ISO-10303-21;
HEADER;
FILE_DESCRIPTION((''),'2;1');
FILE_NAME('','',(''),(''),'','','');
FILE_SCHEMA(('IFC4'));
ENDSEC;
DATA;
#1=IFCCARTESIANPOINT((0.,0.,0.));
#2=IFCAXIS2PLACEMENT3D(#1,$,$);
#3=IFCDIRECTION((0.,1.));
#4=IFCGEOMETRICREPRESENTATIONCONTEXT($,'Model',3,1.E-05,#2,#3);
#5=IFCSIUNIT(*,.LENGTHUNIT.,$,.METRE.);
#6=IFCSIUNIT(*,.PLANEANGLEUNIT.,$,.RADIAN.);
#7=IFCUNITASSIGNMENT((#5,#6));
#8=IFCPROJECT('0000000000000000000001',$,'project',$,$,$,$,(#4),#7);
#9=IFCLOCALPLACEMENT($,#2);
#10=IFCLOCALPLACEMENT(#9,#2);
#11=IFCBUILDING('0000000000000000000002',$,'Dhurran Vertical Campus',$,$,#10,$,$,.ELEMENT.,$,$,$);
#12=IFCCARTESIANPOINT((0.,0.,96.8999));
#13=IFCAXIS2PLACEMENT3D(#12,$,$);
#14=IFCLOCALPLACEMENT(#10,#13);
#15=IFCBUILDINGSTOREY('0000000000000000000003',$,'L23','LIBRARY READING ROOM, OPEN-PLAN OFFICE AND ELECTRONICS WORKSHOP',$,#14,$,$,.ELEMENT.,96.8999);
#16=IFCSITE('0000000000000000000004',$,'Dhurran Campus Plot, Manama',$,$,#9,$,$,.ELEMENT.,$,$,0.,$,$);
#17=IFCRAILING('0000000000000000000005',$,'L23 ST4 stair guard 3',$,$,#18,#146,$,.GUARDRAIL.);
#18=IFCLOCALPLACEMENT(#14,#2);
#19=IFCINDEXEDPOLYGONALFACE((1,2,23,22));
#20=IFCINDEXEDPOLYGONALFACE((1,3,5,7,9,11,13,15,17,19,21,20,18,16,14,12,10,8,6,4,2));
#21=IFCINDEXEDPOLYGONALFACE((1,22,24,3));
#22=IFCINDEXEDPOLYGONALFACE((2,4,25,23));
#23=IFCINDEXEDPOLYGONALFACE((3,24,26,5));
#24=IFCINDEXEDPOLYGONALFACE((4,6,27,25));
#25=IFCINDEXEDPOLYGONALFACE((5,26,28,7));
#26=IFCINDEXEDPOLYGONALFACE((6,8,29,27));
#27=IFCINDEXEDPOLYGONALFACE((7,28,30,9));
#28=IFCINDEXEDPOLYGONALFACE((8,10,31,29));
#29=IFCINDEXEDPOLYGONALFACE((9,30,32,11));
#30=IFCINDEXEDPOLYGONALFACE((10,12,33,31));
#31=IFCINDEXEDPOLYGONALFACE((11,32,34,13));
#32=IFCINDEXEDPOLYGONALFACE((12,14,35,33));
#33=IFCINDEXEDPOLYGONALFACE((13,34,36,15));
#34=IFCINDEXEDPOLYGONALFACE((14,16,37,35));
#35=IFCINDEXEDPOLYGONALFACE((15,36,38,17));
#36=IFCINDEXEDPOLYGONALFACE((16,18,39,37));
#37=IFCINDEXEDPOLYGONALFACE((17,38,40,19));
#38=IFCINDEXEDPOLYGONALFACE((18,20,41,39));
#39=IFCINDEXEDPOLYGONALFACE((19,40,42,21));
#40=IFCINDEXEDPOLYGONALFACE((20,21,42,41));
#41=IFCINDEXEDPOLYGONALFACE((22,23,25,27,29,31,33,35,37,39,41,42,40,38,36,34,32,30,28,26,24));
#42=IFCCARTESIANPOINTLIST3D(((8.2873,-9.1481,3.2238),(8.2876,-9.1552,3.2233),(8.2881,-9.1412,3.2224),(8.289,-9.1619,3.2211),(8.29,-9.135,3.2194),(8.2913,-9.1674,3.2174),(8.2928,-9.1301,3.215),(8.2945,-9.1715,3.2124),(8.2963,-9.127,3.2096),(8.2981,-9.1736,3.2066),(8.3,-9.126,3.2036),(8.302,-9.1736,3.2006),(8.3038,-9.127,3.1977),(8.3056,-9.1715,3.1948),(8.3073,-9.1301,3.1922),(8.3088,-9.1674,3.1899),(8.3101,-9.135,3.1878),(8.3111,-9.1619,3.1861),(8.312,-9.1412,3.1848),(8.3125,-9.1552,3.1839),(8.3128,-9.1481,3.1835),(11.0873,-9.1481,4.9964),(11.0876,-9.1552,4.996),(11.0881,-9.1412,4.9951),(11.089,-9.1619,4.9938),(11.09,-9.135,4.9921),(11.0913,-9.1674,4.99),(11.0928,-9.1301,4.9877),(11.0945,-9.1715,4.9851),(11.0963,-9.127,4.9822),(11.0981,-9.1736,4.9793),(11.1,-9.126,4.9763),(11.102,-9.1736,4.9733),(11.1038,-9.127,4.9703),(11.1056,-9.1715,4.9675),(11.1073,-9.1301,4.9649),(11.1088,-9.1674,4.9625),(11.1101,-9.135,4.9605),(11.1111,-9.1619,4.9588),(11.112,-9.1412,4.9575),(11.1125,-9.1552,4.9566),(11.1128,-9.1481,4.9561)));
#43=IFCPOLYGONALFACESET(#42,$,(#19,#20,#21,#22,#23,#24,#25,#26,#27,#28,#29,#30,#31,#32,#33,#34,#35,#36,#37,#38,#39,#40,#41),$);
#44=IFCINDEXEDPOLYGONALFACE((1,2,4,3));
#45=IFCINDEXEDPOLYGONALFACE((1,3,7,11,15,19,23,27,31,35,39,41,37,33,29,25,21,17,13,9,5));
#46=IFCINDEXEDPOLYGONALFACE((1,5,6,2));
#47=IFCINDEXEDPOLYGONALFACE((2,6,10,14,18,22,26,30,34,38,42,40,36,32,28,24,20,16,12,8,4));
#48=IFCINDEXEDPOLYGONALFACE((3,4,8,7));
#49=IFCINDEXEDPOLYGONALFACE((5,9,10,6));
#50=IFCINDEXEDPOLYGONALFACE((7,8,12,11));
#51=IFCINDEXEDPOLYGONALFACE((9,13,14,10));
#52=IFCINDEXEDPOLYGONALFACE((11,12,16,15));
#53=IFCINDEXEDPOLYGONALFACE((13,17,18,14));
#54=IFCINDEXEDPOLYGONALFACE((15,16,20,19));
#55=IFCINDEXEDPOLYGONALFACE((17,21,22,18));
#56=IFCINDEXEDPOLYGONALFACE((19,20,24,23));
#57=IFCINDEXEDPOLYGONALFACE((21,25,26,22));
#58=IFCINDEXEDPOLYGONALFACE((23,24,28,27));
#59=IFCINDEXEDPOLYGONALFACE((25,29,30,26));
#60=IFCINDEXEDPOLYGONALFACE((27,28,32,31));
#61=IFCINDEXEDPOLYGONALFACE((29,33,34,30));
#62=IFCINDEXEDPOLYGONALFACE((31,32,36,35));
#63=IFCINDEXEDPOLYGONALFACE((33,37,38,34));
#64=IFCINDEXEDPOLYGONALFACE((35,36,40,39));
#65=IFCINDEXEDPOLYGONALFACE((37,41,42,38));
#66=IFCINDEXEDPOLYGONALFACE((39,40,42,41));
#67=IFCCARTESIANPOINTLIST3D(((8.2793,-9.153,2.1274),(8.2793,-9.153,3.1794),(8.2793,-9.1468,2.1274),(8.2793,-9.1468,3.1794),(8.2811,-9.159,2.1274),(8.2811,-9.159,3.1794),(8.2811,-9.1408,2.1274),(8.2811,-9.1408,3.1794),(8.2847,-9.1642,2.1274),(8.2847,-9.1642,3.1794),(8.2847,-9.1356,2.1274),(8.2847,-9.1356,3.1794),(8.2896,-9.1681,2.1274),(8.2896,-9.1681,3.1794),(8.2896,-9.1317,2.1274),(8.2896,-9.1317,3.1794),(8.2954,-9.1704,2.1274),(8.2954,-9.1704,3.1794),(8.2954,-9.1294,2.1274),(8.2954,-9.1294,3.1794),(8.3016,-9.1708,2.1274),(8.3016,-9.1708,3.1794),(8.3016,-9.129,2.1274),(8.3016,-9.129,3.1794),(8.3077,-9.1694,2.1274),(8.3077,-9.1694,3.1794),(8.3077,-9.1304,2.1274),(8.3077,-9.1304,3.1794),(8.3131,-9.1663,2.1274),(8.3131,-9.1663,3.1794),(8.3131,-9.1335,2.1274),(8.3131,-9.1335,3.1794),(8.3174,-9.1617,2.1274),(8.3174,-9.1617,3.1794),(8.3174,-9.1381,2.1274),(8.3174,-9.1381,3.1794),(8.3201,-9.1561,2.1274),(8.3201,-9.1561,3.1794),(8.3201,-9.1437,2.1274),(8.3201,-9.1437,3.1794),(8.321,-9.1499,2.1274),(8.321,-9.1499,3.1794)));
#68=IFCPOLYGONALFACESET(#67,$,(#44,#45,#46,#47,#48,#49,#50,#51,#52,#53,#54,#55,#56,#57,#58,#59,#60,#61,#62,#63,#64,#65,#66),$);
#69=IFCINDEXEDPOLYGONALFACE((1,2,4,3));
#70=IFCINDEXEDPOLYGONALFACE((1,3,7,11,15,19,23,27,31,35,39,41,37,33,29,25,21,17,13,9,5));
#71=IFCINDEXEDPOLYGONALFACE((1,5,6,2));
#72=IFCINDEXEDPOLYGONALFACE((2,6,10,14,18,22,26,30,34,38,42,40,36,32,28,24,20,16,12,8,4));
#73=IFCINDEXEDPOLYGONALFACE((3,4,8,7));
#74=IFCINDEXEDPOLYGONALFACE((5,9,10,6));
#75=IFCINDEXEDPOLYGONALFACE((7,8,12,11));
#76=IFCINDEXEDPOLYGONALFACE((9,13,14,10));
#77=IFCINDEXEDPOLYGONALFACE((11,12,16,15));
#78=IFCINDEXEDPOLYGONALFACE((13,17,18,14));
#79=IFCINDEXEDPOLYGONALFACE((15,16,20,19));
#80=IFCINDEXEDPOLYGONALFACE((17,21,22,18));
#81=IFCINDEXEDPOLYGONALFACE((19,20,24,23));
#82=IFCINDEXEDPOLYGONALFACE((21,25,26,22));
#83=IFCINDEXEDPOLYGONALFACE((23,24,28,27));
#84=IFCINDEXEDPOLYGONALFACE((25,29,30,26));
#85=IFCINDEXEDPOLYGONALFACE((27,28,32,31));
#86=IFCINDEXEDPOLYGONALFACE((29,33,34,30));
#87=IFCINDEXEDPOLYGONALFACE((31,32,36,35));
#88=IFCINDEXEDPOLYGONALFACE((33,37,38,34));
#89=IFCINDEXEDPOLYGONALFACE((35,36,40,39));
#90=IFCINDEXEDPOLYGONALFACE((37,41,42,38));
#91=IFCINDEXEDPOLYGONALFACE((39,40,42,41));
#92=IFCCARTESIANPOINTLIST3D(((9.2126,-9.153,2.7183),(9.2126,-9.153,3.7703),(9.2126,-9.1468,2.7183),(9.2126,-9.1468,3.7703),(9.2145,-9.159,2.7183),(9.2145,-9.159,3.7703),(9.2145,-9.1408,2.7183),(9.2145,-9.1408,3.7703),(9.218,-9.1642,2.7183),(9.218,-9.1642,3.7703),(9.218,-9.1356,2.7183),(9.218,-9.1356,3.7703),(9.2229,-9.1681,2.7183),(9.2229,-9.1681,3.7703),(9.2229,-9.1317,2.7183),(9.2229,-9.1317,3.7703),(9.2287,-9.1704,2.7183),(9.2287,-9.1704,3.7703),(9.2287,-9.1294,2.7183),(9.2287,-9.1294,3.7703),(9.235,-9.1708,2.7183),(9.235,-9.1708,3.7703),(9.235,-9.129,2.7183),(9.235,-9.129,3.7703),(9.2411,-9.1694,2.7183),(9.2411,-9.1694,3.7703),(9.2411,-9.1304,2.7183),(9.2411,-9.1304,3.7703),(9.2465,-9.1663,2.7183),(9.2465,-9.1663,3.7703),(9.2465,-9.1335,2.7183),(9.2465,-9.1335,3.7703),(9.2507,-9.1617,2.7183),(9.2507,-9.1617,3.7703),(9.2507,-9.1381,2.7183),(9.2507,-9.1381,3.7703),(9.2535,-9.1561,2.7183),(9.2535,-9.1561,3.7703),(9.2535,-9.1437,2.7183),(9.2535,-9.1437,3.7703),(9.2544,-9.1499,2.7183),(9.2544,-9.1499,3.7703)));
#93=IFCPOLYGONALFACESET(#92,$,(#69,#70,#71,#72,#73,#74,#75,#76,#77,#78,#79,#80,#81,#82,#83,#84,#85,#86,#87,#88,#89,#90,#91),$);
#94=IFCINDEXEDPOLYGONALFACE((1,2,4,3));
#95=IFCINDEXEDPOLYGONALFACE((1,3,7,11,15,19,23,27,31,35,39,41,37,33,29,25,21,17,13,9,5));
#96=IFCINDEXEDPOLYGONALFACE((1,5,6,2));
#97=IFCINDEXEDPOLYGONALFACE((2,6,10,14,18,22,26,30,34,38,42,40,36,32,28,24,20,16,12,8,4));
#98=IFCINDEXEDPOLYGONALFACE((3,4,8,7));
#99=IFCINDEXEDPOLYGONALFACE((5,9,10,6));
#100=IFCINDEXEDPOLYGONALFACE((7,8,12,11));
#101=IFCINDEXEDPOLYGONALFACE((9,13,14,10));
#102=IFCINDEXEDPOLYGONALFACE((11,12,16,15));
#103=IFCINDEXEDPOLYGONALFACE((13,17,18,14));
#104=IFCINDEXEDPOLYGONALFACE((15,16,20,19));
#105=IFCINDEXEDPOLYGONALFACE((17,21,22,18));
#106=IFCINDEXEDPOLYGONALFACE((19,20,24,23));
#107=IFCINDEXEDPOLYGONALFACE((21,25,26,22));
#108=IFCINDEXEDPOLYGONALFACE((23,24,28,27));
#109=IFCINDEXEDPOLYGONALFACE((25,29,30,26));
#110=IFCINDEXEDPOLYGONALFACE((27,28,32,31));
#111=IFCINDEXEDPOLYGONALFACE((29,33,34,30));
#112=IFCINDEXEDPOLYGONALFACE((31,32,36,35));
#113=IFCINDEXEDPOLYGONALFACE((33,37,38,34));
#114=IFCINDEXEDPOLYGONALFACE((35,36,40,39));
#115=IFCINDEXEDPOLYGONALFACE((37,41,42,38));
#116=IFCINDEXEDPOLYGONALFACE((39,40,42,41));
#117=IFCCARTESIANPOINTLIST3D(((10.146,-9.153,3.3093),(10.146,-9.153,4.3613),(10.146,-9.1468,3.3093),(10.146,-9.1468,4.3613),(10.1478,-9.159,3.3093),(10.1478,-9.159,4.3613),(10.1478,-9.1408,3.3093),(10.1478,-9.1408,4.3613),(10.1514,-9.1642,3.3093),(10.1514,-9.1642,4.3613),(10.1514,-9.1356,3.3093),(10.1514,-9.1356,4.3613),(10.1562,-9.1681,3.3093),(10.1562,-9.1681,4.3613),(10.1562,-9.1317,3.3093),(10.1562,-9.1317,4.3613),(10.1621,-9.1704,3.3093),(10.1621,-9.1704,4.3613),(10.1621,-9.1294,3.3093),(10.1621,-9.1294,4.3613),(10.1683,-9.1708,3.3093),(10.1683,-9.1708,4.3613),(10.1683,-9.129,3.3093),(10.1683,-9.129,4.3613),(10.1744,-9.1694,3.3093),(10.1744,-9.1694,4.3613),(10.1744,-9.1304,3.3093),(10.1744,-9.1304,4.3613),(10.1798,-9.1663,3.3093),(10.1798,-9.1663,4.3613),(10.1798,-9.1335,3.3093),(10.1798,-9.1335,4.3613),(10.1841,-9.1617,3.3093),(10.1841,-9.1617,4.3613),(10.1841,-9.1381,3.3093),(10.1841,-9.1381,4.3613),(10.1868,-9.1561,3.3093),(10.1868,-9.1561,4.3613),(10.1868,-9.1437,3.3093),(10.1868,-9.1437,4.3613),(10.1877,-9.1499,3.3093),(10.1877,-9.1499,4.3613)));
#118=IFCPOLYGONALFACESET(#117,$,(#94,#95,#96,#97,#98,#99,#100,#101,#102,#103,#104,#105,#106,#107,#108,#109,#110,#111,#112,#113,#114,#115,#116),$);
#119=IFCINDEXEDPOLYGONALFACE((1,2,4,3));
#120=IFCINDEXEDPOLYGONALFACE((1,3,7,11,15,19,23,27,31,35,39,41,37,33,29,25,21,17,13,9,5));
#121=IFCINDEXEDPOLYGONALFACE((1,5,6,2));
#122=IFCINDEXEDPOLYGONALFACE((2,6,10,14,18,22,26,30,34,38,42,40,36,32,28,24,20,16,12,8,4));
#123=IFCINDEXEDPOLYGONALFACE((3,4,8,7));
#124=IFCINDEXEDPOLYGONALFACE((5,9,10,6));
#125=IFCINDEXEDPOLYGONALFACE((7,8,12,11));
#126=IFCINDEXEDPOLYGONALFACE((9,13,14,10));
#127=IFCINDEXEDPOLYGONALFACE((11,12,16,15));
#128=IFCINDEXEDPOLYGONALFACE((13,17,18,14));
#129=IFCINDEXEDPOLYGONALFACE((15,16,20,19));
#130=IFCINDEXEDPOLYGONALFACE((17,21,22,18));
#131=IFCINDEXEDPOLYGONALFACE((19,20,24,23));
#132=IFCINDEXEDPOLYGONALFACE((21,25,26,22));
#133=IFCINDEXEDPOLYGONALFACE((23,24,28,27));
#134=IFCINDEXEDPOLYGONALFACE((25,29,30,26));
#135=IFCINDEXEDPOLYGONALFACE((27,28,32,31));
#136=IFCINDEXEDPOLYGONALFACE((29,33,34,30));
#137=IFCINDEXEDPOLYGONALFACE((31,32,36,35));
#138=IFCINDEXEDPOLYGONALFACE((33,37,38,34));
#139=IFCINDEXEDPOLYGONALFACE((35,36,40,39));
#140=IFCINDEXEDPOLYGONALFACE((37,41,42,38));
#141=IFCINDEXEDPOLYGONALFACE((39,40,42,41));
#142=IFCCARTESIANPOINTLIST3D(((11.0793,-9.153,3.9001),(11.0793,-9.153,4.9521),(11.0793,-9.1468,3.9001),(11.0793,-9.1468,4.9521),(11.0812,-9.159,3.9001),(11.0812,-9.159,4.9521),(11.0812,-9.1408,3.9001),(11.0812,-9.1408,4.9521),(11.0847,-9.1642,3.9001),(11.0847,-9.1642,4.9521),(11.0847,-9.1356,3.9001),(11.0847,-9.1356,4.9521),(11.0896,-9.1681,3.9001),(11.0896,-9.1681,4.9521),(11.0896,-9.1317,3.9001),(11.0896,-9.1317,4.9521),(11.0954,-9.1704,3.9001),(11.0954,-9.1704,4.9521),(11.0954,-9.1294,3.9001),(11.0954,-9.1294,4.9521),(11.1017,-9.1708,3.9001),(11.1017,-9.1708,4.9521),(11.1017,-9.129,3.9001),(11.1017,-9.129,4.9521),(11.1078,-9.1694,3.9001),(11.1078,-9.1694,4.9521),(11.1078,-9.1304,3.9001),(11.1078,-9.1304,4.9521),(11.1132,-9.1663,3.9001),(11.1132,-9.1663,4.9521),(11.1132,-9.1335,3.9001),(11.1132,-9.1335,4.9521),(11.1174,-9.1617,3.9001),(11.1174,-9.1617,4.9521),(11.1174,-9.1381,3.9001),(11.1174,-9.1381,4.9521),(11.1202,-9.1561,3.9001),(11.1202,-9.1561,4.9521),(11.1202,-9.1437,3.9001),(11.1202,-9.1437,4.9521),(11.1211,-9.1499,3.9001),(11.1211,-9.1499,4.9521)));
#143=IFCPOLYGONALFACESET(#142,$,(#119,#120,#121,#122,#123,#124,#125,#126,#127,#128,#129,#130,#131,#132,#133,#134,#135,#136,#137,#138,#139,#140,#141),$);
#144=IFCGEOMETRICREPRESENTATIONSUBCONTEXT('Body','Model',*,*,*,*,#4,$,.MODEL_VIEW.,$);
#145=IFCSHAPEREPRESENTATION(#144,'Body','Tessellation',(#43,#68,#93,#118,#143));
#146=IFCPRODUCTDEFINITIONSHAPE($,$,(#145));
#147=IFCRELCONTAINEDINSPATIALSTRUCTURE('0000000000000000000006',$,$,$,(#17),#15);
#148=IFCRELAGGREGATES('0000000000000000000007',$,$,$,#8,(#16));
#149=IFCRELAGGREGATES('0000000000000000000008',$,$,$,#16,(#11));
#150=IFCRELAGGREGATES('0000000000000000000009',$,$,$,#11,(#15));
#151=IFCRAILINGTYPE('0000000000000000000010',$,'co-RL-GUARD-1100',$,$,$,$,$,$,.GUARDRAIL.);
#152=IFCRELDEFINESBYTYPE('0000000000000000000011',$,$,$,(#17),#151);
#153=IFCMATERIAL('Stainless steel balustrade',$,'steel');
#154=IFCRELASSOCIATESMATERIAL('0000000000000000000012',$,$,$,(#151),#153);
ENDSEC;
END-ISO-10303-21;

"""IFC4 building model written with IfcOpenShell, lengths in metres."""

from ifc_helpers import new_model, si_unit, direction, frame, origin, origin_2d, place, context, subcontext, project, spatial, circle, extrude, material, type_object, element, save


model = new_model("IFC4")

# Units and contexts
model_context = context("Model", 3, precision=1e-05, world=origin(), true_north=direction((0.0, 1.0)))
body_context = subcontext(model_context, "Body", "Model", "MODEL_VIEW")
ifc_project = project(units=[si_unit("LENGTHUNIT", "METRE"), si_unit("PLANEANGLEUNIT", "RADIAN")], contexts=[model_context])

# Site, building, storey
site_placement = place(None, origin())
site = spatial("IfcSite", under=ifc_project, at=site_placement, Name="Dhurran Campus Plot, Manama", CompositionType="ELEMENT", RefElevation=0.0)
building_placement = place(site_placement, origin())
building = spatial("IfcBuilding", under=site, at=building_placement, Name="Dhurran Vertical Campus", CompositionType="ELEMENT")
storey_placement = place(building_placement, frame((0.0, 0.0, 96.8999)))
storey = spatial("IfcBuildingStorey", under=building, at=storey_placement, Name="L23", Description="LIBRARY READING ROOM, OPEN-PLAN OFFICE AND ELECTRONICS WORKSHOP", CompositionType="ELEMENT", Elevation=96.8999)

# Railing
ifc_material_1 = material(Name="Stainless steel balustrade", Category="steel")
railing_type_1 = type_object("IfcRailingType", Name="co-RL-GUARD-1100", PredefinedType="GUARDRAIL", material=ifc_material_1)
railing_1_placement = place(storey_placement, frame((8.3, -9.1499, 2.1274)))
element("IfcRailing", 1, at=railing_1_placement, inside=storey, type_object=railing_type_1, Name="L23 ST4 stair guard 3", PredefinedType="GUARDRAIL", context=body_context, shape_type="SweptSolid", body=[
    extrude(circle(Radius=0.0239, at=origin_2d()), frame((0.0, 0.0, 1.0762), z_axis=(0.844909, 0.0, 0.53491), x_axis=(0.0, 1.0, 0.0)), (0.0, 0.0, 1.0), 3.314),
    extrude(circle(Radius=0.021, at=origin_2d()), origin(), (0.0, 0.0, 1.0), 1.052),
    extrude(circle(Radius=0.021, at=origin_2d()), frame((0.9333, 0.0, 0.5908)), (0.0, 0.0, 1.0), 1.052),
    extrude(circle(Radius=0.021, at=origin_2d()), frame((1.8667, 0.0, 1.1819)), (0.0, 0.0, 1.0), 1.052),
    extrude(circle(Radius=0.021, at=origin_2d()), frame((2.8, 0.0, 1.7727)), (0.0, 0.0, 1.0), 1.052),
])

save(model, "model.ifc")
